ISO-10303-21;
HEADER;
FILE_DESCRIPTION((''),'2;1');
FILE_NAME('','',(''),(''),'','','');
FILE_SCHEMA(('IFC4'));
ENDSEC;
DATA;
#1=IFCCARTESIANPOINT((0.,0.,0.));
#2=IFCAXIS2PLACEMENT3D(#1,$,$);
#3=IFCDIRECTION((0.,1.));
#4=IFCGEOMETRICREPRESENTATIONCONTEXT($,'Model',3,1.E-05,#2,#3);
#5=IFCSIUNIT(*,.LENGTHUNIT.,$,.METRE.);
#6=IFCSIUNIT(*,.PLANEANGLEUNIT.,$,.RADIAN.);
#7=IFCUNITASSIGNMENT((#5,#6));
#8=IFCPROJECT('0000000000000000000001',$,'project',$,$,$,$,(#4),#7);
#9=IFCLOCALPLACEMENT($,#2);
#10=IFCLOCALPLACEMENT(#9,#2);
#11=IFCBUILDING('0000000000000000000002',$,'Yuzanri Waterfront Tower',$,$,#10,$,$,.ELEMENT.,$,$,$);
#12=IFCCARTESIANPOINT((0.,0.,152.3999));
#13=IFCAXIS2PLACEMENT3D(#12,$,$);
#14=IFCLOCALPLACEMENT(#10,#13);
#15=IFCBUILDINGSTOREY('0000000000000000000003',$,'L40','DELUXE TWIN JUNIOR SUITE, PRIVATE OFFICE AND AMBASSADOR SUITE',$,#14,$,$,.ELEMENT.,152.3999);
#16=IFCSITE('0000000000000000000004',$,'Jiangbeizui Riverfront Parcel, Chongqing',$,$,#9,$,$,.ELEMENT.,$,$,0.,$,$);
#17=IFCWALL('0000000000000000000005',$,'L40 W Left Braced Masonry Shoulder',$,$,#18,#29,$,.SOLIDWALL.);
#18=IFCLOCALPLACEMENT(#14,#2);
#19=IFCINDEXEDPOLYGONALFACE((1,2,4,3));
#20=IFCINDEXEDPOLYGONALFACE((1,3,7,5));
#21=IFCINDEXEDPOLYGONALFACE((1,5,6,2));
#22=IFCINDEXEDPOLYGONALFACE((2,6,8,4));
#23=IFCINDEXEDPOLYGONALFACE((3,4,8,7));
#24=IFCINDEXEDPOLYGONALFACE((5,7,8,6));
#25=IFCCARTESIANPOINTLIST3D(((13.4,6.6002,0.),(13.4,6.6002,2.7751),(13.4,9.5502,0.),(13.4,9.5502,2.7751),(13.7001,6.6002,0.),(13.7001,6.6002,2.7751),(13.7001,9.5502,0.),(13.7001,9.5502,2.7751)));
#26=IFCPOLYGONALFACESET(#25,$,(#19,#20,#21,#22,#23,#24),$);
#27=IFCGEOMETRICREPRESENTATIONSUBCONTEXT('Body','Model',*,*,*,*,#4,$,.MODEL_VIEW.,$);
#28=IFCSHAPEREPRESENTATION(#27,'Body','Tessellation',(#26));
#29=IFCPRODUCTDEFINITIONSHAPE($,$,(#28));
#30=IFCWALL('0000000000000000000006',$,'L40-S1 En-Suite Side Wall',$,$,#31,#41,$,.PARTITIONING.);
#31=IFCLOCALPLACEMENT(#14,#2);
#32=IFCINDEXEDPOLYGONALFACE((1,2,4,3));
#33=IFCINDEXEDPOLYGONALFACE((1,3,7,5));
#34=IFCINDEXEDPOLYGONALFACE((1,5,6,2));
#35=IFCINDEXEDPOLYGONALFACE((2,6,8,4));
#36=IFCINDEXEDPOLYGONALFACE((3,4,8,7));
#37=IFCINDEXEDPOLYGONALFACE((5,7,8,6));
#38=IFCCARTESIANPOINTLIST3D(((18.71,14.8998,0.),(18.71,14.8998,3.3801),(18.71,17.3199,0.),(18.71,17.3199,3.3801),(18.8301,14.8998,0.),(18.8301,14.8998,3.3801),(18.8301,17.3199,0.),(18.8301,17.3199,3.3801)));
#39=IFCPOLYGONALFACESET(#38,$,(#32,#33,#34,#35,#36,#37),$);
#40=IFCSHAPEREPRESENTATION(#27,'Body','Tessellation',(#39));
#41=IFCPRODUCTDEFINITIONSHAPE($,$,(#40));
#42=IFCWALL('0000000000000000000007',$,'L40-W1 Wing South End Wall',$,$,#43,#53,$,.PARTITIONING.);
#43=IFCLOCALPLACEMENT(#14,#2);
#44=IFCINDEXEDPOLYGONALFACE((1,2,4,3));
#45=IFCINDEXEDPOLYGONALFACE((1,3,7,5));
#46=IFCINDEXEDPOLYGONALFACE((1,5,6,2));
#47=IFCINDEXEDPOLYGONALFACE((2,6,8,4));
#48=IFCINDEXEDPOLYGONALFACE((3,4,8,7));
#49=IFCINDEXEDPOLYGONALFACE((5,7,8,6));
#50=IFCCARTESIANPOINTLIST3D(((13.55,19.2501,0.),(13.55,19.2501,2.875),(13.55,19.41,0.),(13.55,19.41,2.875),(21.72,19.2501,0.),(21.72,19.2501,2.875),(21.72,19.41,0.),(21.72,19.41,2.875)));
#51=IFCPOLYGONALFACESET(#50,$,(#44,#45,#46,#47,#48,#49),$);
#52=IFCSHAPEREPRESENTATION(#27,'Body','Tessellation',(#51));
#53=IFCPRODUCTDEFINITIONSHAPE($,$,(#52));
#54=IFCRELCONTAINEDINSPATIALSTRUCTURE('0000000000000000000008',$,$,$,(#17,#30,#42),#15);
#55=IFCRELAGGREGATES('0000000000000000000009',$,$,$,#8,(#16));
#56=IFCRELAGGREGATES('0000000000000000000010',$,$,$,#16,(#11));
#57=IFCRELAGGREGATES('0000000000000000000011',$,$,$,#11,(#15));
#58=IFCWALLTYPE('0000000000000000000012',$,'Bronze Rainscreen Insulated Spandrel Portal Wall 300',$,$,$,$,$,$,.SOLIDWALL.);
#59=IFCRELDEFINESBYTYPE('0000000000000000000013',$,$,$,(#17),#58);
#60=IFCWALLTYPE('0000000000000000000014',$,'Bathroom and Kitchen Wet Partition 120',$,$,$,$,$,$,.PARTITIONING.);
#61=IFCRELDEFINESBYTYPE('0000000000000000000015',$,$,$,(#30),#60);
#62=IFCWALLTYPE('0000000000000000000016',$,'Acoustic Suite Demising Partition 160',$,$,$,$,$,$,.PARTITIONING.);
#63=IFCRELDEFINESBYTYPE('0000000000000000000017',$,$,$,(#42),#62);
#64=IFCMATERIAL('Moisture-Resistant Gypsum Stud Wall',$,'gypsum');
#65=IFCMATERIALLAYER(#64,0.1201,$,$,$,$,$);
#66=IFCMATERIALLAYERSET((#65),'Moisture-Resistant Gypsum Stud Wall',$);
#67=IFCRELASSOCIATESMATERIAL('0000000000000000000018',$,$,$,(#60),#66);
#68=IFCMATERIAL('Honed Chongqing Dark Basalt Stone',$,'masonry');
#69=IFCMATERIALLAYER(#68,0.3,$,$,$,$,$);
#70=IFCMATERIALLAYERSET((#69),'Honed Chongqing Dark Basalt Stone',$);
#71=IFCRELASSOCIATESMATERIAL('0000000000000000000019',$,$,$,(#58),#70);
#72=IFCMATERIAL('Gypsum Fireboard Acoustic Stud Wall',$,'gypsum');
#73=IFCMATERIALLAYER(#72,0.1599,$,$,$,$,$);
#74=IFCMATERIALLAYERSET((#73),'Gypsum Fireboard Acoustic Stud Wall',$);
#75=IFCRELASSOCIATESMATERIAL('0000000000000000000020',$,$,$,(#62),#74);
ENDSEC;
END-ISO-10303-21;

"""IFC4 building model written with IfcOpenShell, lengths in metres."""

from ifc_helpers import new_model, si_unit, direction, frame, frame_2d, origin, place, context, subcontext, project, spatial, rectangle, extrude, source, transform, mapped, material, layer, layer_set, type_object, element, save


model = new_model("IFC4")

# Units and contexts
model_context = context("Model", 3, precision=1e-05, world=origin(), true_north=direction((0.0, 1.0)))
body_context = subcontext(model_context, "Body", "Model", "MODEL_VIEW")
ifc_project = project(units=[si_unit("LENGTHUNIT", "METRE"), si_unit("PLANEANGLEUNIT", "RADIAN")], contexts=[model_context])

# Site, building, storey
site_placement = place(None, origin())
site = spatial("IfcSite", under=ifc_project, at=site_placement, Name="Jiangbeizui Riverfront Parcel, Chongqing", CompositionType="ELEMENT", RefElevation=0.0)
building_placement = place(site_placement, origin())
building = spatial("IfcBuilding", under=site, at=building_placement, Name="Yuzanri Waterfront Tower", CompositionType="ELEMENT")
storey_placement = place(building_placement, frame((0.0, 0.0, 152.3999)))
storey = spatial("IfcBuildingStorey", under=building, at=storey_placement, Name="L40", Description="DELUXE TWIN JUNIOR SUITE, PRIVATE OFFICE AND AMBASSADOR SUITE", CompositionType="ELEMENT", Elevation=152.3999)

# Shared definitions
ifc_material_1 = material(Name="Moisture-Resistant Gypsum Stud Wall", Category="gypsum")
ifc_layer_1 = layer(ifc_material_1, 0.1201)
ifc_layer_set_1 = layer_set([ifc_layer_1], Name="Moisture-Resistant Gypsum Stud Wall")
wall_type_1 = type_object("IfcWallType", Name="Bathroom and Kitchen Wet Partition 120", PredefinedType="PARTITIONING", material=ifc_layer_set_1)

# Walls
ifc_material_2 = material(Name="Honed Chongqing Dark Basalt Stone", Category="masonry")
ifc_layer_2 = layer(ifc_material_2, 0.3)
ifc_layer_set_2 = layer_set([ifc_layer_2], Name="Honed Chongqing Dark Basalt Stone")
wall_type_2 = type_object("IfcWallType", Name="Bronze Rainscreen Insulated Spandrel Portal Wall 300", PredefinedType="SOLIDWALL", material=ifc_layer_set_2)
shared_shape_1 = source(origin(), body_context, "Body", "SweptSolid", [
    extrude(rectangle(XDim=2.95, YDim=0.3, at=frame_2d((1.4751, 0.0))), origin(), (0.0, 0.0, 1.0), 2.7751),
])
wall_1_placement = place(storey_placement, frame((13.55, 6.6001, 0.0), z_axis=(0.0, 0.0, 1.0), x_axis=(0.0, 1.0, 0.0)))
element("IfcWall", 1, at=wall_1_placement, inside=storey, type_object=wall_type_2, Name="L40 W Left Braced Masonry Shoulder", PredefinedType="SOLIDWALL", context=body_context, shape_type="MappedRepresentation", body=[
    mapped(shared_shape_1, transform((0.0, 0.0, 0.0), scale=1.0)),
])
shared_shape_2 = source(origin(), body_context, "Body", "SweptSolid", [
    extrude(rectangle(XDim=2.4202, YDim=0.1201, at=frame_2d((1.21, 0.0))), origin(), (0.0, 0.0, 1.0), 3.3801),
])
wall_2_placement = place(storey_placement, frame((18.77, 14.8999, 0.0), z_axis=(0.0, 0.0, 1.0), x_axis=(0.0, 1.0, 0.0)))
element("IfcWall", 2, at=wall_2_placement, inside=storey, type_object=wall_type_1, Name="L40-S1 En-Suite Side Wall", PredefinedType="PARTITIONING", context=body_context, shape_type="MappedRepresentation", body=[
    mapped(shared_shape_2, transform((0.0, 0.0, 0.0), scale=1.0)),
])
ifc_material_3 = material(Name="Gypsum Fireboard Acoustic Stud Wall", Category="gypsum")
ifc_layer_3 = layer(ifc_material_3, 0.1599)
ifc_layer_set_3 = layer_set([ifc_layer_3], Name="Gypsum Fireboard Acoustic Stud Wall")
wall_type_3 = type_object("IfcWallType", Name="Acoustic Suite Demising Partition 160", PredefinedType="PARTITIONING", material=ifc_layer_set_3)
shared_shape_3 = source(origin(), body_context, "Body", "SweptSolid", [
    extrude(rectangle(XDim=8.1699, YDim=0.1599, at=frame_2d((4.085, 0.0))), origin(), (0.0, 0.0, 1.0), 2.875),
])
wall_3_placement = place(storey_placement, frame((13.55, 19.3301, 0.0), z_axis=(0.0, 0.0, 1.0), x_axis=(1.0, 0.0, 0.0)))
element("IfcWall", 3, at=wall_3_placement, inside=storey, type_object=wall_type_3, Name="L40-W1 Wing South End Wall", PredefinedType="PARTITIONING", context=body_context, shape_type="MappedRepresentation", body=[
    mapped(shared_shape_3, transform((0.0, 0.0, 0.0), scale=1.0)),
])

save(model, "model.ifc")
